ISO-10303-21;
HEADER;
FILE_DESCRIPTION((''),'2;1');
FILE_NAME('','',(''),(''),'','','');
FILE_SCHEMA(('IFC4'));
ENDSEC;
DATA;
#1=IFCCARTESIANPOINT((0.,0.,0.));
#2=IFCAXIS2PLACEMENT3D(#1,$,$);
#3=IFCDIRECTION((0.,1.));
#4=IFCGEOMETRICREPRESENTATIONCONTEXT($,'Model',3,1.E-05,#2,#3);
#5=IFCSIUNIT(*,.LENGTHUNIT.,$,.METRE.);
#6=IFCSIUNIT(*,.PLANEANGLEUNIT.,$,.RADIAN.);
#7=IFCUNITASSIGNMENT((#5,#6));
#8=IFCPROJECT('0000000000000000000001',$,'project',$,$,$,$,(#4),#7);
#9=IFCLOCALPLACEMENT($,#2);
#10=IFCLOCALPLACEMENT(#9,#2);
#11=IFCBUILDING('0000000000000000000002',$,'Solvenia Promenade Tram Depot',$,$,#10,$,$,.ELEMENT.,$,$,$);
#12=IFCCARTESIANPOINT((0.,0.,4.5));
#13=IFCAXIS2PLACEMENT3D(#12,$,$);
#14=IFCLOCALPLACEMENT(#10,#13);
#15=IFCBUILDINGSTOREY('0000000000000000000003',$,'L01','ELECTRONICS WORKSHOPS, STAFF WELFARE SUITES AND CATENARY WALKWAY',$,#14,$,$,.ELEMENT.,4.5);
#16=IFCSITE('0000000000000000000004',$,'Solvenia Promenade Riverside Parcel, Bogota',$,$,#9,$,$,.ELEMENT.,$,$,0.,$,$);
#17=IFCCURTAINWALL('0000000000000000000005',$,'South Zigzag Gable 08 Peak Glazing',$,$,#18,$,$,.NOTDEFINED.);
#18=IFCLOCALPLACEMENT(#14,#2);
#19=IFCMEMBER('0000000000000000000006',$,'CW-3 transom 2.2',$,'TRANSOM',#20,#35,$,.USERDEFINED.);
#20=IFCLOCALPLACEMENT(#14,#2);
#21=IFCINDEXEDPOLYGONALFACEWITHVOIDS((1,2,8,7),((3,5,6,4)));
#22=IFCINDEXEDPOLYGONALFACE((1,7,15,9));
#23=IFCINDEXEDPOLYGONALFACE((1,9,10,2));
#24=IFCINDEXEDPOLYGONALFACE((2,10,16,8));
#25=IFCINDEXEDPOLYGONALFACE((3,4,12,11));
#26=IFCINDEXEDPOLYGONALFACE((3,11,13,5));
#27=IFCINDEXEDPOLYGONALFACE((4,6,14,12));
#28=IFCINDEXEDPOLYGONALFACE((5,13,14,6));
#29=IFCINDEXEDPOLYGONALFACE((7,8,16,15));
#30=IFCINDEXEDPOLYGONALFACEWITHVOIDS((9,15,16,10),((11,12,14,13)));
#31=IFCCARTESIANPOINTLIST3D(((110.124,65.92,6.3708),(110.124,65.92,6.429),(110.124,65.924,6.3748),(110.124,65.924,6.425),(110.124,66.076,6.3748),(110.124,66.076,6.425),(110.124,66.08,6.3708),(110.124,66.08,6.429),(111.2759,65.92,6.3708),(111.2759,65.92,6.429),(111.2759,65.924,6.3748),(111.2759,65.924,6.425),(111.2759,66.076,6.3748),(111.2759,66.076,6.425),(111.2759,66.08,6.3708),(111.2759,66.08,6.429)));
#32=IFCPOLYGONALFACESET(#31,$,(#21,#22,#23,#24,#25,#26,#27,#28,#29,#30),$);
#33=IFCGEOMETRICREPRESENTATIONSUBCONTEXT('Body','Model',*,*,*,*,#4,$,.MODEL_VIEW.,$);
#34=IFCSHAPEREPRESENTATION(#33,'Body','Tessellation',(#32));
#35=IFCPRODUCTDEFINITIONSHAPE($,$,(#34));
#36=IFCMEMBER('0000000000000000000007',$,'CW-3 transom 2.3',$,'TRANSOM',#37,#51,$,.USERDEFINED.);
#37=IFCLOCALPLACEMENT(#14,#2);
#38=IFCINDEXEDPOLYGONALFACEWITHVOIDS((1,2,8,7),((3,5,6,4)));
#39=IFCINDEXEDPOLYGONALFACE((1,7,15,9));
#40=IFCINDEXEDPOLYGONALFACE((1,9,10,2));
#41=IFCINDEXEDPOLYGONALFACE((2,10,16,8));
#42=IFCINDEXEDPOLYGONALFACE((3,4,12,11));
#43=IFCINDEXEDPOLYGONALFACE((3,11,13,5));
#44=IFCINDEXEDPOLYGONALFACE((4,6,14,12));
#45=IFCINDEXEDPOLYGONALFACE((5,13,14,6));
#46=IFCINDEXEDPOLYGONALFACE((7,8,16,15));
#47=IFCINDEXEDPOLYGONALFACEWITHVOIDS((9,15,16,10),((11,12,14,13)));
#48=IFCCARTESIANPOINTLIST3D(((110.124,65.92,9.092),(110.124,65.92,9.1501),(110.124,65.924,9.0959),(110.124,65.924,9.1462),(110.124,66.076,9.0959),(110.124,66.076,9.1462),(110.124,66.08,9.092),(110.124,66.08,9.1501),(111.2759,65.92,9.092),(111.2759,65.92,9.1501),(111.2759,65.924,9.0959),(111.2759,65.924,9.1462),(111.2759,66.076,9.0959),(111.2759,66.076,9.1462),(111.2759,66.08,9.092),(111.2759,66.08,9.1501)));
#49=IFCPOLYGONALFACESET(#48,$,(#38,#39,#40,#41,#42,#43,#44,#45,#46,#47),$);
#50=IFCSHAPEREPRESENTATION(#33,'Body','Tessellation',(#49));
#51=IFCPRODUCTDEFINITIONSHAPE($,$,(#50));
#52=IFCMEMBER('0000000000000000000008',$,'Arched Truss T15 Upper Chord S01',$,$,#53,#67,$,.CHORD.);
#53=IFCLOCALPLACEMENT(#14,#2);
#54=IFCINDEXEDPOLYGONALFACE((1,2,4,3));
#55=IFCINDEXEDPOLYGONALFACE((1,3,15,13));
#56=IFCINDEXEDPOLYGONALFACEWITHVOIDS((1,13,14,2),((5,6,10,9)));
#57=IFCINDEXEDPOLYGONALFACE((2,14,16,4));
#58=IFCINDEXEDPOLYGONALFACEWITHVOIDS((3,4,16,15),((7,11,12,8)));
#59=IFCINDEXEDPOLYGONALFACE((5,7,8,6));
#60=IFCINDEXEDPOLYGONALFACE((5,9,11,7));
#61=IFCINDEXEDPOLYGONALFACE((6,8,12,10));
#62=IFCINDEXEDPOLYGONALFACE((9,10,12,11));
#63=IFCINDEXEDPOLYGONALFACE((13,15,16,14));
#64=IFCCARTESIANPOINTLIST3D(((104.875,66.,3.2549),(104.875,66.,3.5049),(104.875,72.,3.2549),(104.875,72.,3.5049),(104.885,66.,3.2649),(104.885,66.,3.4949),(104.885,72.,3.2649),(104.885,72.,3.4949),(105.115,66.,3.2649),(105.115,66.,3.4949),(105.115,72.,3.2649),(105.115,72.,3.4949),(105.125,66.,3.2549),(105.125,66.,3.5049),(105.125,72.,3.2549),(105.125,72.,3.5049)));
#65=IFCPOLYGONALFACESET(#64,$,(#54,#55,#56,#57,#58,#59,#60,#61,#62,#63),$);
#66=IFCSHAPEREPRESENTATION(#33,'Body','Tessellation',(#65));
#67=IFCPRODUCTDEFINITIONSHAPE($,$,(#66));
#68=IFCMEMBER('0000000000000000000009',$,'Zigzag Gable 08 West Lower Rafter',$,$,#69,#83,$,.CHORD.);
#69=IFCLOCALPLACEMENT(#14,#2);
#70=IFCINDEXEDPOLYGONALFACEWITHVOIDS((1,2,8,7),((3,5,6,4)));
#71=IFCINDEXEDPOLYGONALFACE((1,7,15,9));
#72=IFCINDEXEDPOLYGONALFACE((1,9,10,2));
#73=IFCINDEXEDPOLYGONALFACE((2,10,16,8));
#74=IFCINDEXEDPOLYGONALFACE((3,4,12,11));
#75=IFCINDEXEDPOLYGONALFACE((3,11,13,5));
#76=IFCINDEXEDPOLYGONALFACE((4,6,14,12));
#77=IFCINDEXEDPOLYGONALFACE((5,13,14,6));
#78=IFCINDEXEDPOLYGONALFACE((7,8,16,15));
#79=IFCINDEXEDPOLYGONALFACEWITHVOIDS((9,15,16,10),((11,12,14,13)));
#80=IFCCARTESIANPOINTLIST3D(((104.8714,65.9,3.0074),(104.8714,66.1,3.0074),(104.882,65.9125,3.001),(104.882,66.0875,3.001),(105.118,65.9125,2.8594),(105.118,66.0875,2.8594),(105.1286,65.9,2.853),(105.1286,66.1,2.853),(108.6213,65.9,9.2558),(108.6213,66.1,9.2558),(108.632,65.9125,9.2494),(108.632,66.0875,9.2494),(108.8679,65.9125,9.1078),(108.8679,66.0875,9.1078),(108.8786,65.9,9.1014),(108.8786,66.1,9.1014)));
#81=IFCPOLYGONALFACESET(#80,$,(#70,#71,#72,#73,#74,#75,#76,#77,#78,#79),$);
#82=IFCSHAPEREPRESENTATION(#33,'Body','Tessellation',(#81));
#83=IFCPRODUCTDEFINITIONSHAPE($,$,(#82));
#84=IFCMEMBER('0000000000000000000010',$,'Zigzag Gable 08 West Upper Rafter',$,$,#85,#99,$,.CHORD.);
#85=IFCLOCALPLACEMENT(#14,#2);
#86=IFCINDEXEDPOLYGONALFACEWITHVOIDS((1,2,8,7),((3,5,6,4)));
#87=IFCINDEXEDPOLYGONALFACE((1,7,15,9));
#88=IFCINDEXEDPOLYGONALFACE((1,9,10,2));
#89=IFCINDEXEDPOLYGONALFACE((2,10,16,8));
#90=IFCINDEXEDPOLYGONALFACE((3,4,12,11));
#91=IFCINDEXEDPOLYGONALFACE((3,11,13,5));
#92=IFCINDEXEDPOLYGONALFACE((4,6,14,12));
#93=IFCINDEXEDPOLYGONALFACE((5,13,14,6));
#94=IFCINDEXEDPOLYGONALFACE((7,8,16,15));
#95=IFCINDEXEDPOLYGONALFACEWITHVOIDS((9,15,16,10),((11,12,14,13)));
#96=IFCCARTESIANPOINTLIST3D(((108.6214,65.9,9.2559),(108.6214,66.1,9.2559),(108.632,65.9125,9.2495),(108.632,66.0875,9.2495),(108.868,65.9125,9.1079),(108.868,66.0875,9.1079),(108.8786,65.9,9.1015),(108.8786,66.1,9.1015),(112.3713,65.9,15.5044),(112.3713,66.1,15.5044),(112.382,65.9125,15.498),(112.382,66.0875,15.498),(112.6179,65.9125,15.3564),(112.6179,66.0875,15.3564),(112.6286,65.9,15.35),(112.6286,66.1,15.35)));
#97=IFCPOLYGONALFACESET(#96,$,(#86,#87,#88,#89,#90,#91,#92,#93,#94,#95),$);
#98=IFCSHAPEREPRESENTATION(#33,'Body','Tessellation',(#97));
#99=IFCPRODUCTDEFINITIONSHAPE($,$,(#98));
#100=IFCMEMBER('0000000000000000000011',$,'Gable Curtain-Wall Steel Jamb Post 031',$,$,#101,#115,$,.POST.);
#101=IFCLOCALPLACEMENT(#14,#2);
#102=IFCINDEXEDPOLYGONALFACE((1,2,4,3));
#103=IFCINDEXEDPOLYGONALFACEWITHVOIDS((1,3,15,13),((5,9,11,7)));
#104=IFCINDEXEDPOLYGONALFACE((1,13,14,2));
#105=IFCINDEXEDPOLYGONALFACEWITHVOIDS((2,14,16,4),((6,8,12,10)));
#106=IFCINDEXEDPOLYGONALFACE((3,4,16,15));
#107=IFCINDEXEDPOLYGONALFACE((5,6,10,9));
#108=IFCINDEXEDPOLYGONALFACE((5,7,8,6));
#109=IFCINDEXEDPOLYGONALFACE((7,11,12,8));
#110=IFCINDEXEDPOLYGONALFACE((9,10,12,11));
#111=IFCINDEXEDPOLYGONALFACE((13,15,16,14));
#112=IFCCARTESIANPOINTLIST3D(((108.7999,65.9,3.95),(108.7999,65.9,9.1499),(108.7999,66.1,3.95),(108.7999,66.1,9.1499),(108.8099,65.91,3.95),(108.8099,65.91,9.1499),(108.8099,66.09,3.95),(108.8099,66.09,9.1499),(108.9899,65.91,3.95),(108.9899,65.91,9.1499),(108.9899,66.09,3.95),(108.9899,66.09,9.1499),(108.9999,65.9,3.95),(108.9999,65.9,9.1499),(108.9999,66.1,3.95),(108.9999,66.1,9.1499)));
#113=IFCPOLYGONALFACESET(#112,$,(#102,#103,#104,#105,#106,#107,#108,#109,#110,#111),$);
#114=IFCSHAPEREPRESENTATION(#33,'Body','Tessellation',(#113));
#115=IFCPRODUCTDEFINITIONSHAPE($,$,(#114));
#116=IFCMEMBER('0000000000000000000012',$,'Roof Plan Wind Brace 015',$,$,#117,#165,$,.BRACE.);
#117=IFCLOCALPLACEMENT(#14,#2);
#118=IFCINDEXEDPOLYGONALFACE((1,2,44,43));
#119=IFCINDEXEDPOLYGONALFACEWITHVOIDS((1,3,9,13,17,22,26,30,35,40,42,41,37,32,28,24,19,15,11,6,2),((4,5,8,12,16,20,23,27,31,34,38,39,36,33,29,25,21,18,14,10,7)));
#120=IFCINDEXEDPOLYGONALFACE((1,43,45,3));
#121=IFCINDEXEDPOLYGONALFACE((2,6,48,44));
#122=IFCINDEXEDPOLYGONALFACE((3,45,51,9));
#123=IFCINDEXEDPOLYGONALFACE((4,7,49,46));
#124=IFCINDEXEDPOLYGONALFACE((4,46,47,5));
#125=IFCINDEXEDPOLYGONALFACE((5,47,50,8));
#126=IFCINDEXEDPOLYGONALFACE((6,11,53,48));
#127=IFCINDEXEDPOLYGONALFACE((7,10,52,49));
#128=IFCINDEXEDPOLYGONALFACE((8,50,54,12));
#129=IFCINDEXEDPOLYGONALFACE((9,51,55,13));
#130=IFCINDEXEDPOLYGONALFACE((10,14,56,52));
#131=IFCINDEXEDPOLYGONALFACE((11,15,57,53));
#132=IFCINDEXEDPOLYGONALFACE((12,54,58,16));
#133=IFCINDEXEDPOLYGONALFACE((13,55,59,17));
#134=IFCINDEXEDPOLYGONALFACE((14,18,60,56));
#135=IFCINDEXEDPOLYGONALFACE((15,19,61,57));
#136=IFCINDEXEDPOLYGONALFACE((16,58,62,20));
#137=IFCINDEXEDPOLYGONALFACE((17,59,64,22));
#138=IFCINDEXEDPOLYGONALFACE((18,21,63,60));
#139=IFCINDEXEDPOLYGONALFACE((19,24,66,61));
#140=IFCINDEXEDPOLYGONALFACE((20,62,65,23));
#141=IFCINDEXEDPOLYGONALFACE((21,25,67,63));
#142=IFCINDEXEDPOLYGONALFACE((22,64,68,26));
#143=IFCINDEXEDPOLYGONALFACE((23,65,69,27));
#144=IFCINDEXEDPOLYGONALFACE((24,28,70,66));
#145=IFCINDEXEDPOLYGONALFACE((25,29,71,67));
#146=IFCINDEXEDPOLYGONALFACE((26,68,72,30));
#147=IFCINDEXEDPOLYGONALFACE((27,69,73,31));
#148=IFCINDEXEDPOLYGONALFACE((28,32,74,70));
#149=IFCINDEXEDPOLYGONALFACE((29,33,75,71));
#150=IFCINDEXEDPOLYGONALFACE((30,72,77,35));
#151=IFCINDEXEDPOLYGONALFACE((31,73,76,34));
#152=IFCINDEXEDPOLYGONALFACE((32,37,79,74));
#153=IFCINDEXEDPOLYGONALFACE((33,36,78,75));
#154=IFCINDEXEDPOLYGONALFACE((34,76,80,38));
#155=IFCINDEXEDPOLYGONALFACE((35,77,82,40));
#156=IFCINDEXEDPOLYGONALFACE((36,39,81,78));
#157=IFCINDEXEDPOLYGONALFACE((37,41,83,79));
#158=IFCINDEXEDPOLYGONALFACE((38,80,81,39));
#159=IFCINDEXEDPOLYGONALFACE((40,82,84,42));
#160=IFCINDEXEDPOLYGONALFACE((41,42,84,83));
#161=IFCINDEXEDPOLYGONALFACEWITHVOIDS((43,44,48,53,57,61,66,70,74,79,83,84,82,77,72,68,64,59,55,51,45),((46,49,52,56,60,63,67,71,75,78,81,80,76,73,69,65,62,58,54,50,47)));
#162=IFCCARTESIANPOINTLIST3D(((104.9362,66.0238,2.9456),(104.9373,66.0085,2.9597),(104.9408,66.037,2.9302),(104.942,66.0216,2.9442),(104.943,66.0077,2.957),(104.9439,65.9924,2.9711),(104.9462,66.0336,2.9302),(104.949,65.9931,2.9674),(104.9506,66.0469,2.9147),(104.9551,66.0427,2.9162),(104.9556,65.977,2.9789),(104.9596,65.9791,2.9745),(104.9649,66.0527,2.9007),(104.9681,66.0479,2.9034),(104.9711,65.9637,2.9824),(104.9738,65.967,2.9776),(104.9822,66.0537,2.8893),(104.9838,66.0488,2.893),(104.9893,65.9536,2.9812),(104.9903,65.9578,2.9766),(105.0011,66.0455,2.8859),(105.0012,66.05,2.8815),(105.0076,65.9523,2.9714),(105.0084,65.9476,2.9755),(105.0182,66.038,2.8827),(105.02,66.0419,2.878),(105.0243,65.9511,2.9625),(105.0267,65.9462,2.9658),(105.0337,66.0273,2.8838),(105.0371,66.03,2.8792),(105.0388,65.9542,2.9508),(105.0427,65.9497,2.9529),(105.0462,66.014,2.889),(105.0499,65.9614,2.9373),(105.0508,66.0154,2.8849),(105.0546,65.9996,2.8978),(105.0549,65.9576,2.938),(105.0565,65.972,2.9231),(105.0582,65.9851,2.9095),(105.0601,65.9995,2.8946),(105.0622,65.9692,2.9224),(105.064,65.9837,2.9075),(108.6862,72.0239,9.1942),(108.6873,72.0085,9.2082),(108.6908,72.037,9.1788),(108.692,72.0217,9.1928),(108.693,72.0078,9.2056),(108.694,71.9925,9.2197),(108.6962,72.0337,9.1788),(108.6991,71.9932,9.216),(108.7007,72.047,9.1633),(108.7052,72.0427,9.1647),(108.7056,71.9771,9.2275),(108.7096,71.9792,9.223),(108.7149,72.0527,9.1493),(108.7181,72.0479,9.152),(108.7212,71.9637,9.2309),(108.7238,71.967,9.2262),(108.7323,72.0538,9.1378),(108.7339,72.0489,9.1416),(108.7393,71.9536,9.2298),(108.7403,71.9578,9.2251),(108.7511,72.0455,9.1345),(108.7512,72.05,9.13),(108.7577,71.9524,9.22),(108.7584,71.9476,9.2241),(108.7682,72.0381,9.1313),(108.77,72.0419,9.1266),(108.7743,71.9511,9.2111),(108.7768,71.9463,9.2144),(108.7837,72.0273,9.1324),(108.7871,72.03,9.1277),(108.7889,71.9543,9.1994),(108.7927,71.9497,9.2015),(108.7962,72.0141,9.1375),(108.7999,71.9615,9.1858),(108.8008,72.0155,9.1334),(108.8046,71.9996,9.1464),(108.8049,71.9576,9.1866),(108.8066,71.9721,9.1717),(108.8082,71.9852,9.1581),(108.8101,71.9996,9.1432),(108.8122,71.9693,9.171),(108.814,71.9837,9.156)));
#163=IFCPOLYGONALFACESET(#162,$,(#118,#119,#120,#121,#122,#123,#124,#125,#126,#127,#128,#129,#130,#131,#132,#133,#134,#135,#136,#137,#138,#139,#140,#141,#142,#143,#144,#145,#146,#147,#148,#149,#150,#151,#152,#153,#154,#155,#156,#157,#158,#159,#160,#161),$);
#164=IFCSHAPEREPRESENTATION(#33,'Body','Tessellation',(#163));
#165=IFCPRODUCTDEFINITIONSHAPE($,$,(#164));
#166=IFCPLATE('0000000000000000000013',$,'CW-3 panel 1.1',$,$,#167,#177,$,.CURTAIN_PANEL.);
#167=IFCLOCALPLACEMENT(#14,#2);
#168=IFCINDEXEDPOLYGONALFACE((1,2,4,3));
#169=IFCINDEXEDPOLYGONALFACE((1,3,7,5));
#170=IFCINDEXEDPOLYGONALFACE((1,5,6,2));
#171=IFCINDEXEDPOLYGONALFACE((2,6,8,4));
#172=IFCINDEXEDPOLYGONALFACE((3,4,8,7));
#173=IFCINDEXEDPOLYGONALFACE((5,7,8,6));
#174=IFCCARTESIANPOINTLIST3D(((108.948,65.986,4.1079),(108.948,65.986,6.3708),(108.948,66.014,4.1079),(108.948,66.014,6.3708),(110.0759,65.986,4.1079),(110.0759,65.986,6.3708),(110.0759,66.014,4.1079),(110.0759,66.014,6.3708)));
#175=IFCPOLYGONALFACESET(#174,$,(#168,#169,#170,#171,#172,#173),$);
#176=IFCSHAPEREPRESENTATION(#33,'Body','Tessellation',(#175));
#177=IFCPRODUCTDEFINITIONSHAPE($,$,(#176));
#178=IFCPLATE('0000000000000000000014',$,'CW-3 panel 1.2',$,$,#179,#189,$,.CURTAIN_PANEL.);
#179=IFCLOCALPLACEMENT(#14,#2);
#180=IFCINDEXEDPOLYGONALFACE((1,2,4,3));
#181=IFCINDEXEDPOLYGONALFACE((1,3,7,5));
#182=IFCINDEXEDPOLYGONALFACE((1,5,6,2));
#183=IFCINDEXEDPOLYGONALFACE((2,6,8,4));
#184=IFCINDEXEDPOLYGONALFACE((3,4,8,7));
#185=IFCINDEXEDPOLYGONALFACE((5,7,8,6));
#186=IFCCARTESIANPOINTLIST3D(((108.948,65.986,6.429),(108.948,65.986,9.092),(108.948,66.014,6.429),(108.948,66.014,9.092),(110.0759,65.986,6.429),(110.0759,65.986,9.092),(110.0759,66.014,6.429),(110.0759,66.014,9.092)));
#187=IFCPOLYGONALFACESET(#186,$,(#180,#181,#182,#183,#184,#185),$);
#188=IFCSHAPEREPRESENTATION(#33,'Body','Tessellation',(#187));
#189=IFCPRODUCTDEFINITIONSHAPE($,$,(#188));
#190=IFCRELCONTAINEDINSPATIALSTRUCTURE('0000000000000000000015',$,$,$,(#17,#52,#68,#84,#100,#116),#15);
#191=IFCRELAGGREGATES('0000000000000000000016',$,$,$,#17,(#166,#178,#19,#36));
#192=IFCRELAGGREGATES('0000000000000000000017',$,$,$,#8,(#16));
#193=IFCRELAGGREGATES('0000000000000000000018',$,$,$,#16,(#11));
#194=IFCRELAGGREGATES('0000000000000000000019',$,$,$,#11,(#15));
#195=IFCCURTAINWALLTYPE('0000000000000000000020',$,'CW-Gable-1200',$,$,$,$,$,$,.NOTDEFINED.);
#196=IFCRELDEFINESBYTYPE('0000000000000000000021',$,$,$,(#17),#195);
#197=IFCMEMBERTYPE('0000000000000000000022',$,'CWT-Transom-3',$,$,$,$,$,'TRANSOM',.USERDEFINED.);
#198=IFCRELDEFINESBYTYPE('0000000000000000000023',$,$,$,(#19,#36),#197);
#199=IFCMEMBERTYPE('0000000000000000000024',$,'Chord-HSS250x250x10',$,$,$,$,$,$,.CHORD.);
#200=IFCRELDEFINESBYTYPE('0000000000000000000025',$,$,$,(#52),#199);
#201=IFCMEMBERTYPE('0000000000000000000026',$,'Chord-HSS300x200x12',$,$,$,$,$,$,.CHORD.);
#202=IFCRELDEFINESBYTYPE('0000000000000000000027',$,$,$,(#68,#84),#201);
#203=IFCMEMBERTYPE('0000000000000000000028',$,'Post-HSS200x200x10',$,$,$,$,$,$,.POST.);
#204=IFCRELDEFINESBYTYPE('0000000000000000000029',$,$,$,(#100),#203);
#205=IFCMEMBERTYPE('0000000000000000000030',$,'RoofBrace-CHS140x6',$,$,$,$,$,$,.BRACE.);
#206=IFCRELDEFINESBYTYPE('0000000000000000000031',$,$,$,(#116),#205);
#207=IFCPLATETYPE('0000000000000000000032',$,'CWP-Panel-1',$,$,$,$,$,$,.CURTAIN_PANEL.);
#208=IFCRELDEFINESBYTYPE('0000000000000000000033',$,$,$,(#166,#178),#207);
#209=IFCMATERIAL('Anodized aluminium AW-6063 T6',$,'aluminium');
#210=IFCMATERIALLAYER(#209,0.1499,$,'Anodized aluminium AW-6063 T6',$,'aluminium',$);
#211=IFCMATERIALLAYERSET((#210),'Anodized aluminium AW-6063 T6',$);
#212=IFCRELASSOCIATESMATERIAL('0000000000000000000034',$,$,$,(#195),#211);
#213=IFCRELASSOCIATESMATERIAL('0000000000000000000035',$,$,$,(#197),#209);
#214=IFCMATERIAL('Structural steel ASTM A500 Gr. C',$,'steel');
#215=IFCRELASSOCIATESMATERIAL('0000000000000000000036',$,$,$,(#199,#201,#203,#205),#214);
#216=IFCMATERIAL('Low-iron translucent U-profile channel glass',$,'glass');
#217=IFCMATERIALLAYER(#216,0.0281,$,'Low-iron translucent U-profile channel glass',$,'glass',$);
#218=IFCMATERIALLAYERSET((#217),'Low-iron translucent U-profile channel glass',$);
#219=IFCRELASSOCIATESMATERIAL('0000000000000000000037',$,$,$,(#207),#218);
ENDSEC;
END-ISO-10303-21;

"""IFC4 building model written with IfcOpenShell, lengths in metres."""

from ifc_helpers import new_model, si_unit, direction, frame, origin, origin_2d, place, context, subcontext, project, spatial, rectangle, hollow_rectangle, hollow_circle, extrude, material, layer, layer_set, material_profile, profile_set, type_object, element, aggregate, save


model = new_model("IFC4")

# Units and contexts
model_context = context("Model", 3, precision=1e-05, world=origin(), true_north=direction((0.0, 1.0)))
body_context = subcontext(model_context, "Body", "Model", "MODEL_VIEW")
ifc_project = project(units=[si_unit("LENGTHUNIT", "METRE"), si_unit("PLANEANGLEUNIT", "RADIAN")], contexts=[model_context])

# Site, building, storey
site_placement = place(None, origin())
site = spatial("IfcSite", under=ifc_project, at=site_placement, Name="Solvenia Promenade Riverside Parcel, Bogota", CompositionType="ELEMENT", RefElevation=0.0)
building_placement = place(site_placement, origin())
building = spatial("IfcBuilding", under=site, at=building_placement, Name="Solvenia Promenade Tram Depot", CompositionType="ELEMENT")
storey_placement = place(building_placement, frame((0.0, 0.0, 4.5)))
storey = spatial("IfcBuildingStorey", under=building, at=storey_placement, Name="L01", Description="ELECTRONICS WORKSHOPS, STAFF WELFARE SUITES AND CATENARY WALKWAY", CompositionType="ELEMENT", Elevation=4.5)

# Curtain wall
ifc_material_1 = material(Name="Anodized aluminium AW-6063 T6", Category="aluminium")
ifc_layer_1 = layer(ifc_material_1, 0.1499, Name="Anodized aluminium AW-6063 T6", Category="aluminium")
ifc_layer_set_1 = layer_set([ifc_layer_1], Name="Anodized aluminium AW-6063 T6")
curtain_wall_type_1 = type_object("IfcCurtainWallType", Name="CW-Gable-1200", PredefinedType="NOTDEFINED", material=ifc_layer_set_1)
curtain_wall_1_placement = place(storey_placement, origin())
curtain_wall_1 = element("IfcCurtainWall", 1, at=curtain_wall_1_placement, inside=storey, type_object=curtain_wall_type_1, Name="South Zigzag Gable 08 Peak Glazing", PredefinedType="NOTDEFINED")

# Members
ifc_material_profile_1 = material_profile(ifc_material_1, hollow_rectangle(XDim=0.1599, YDim=0.0581, WallThickness=0.0039, at=origin_2d()), Name="ALU-T3", Category="aluminium")
ifc_profile_set_1 = profile_set([ifc_material_profile_1], Name="Anodized aluminium AW-6063 T6")
member_type_1 = type_object("IfcMemberType", Name="CWT-Transom-3", ElementType="TRANSOM", PredefinedType="USERDEFINED", material=ifc_profile_set_1)
member_1_placement = place(storey_placement, frame((110.124, 66.0, 6.3999), z_axis=(1.0, 0.0, 0.0), x_axis=(0.0, 1.0, 0.0)))
member_1 = element("IfcMember", 2, at=member_1_placement, type_object=member_type_1, Name="CW-3 transom 2.2", ObjectType="TRANSOM", PredefinedType="USERDEFINED", context=body_context, shape_type="SweptSolid", body=[
    extrude(hollow_rectangle(XDim=0.1599, YDim=0.0581, WallThickness=0.0039, at=origin_2d()), origin(), (0.0, 0.0, 1.0), 1.1519),
])
member_2_placement = place(storey_placement, frame((110.124, 66.0, 9.1211), z_axis=(1.0, 0.0, 0.0), x_axis=(0.0, 1.0, 0.0)))
member_2 = element("IfcMember", 3, at=member_2_placement, type_object=member_type_1, Name="CW-3 transom 2.3", ObjectType="TRANSOM", PredefinedType="USERDEFINED", context=body_context, shape_type="SweptSolid", body=[
    extrude(hollow_rectangle(XDim=0.1599, YDim=0.0581, WallThickness=0.0039, at=origin_2d()), origin(), (0.0, 0.0, 1.0), 1.1519),
])

# Members
ifc_material_2 = material(Name="Structural steel ASTM A500 Gr. C", Category="steel")
ifc_material_profile_2 = material_profile(ifc_material_2, hollow_rectangle(XDim=0.25, YDim=0.25, WallThickness=0.01, at=origin_2d()), Name="HSS250x250x10", Category="steel")
ifc_profile_set_2 = profile_set([ifc_material_profile_2], Name="Structural steel ASTM A500 Gr. C")
member_type_2 = type_object("IfcMemberType", Name="Chord-HSS250x250x10", PredefinedType="CHORD", material=ifc_profile_set_2)
member_3_placement = place(storey_placement, frame((105.0, 66.0, 3.3799), z_axis=(0.0, 1.0, 0.0), x_axis=(-1.0, 0.0, 0.0)))
element("IfcMember", 4, at=member_3_placement, inside=storey, type_object=member_type_2, Name="Arched Truss T15 Upper Chord S01", PredefinedType="CHORD", context=body_context, shape_type="SweptSolid", body=[
    extrude(hollow_rectangle(XDim=0.25, YDim=0.25, WallThickness=0.01, at=origin_2d()), origin(), (0.0, 0.0, 1.0), 6.0),
])
ifc_material_profile_3 = material_profile(ifc_material_2, hollow_rectangle(XDim=0.2, YDim=0.3, WallThickness=0.0125, at=origin_2d()), Name="HSS300x200x12.5", Category="steel")
ifc_profile_set_3 = profile_set([ifc_material_profile_3], Name="Structural steel ASTM A500 Gr. C")
member_type_3 = type_object("IfcMemberType", Name="Chord-HSS300x200x12", PredefinedType="CHORD", material=ifc_profile_set_3)
for number, where, z_axis, x_axis, name in (
    (5, (105.0, 66.0, 2.9302), (0.514584, 0.0, 0.85744), (0.0, 1.0, 0.0), "Zigzag Gable 08 West Lower Rafter"),
    (6, (108.75, 66.0, 9.1787), (0.514584, 0.0, 0.85744), (0.0, 1.0, 0.0), "Zigzag Gable 08 West Upper Rafter"),
):
    element("IfcMember", number, at=place(storey_placement, frame(where, z_axis=z_axis, x_axis=x_axis)), inside=storey, type_object=member_type_3, Name=name, PredefinedType="CHORD", context=body_context, shape_type="SweptSolid", body=[
        extrude(hollow_rectangle(XDim=0.2, YDim=0.3, WallThickness=0.0125, at=origin_2d()), origin(), (0.0, 0.0, 1.0), 7.2874),
    ])
ifc_material_profile_4 = material_profile(ifc_material_2, hollow_rectangle(XDim=0.2, YDim=0.2, WallThickness=0.01, at=origin_2d()), Name="HSS200x200x10", Category="steel")
ifc_profile_set_4 = profile_set([ifc_material_profile_4], Name="Structural steel ASTM A500 Gr. C")
member_type_4 = type_object("IfcMemberType", Name="Post-HSS200x200x10", PredefinedType="POST", material=ifc_profile_set_4)
member_4_placement = place(storey_placement, frame((108.8999, 66.0, 3.95), z_axis=(0.0, 0.0, 1.0), x_axis=(1.0, 0.0, 0.0)))
element("IfcMember", 7, at=member_4_placement, inside=storey, type_object=member_type_4, Name="Gable Curtain-Wall Steel Jamb Post 031", PredefinedType="POST", context=body_context, shape_type="SweptSolid", body=[
    extrude(hollow_rectangle(XDim=0.2, YDim=0.2, WallThickness=0.01, at=origin_2d()), origin(), (0.0, 0.0, 1.0), 5.2),
])
ifc_material_profile_5 = material_profile(ifc_material_2, hollow_circle(Radius=0.0698, WallThickness=0.0063, at=origin_2d()), Name="CHS139.7x6.3", Category="steel")
ifc_profile_set_5 = profile_set([ifc_material_profile_5], Name="Structural steel ASTM A500 Gr. C")
member_type_5 = type_object("IfcMemberType", Name="RoofBrace-CHS140x6", PredefinedType="BRACE", material=ifc_profile_set_5)
member_5_placement = place(storey_placement, frame((105.0, 66.0, 2.9302), z_axis=(0.397261, 0.635618, 0.661947), x_axis=(-0.847998, 0.529999, 0.0)))
element("IfcMember", 8, at=member_5_placement, inside=storey, type_object=member_type_5, Name="Roof Plan Wind Brace 015", PredefinedType="BRACE", context=body_context, shape_type="SweptSolid", body=[
    extrude(hollow_circle(Radius=0.0698, WallThickness=0.0063, at=origin_2d()), origin(), (0.0, 0.0, 1.0), 9.4397),
])

# Plates
ifc_material_3 = material(Name="Low-iron translucent U-profile channel glass", Category="glass")
ifc_layer_2 = layer(ifc_material_3, 0.0281, Name="Low-iron translucent U-profile channel glass", Category="glass")
ifc_layer_set_2 = layer_set([ifc_layer_2], Name="Low-iron translucent U-profile channel glass")
plate_type_1 = type_object("IfcPlateType", Name="CWP-Panel-1", PredefinedType="CURTAIN_PANEL", material=ifc_layer_set_2)
plate_1_placement = place(storey_placement, frame((109.512, 66.0, 4.1079), z_axis=(0.0, 0.0, 1.0), x_axis=(1.0, 0.0, 0.0)))
plate_1 = element("IfcPlate", 9, at=plate_1_placement, type_object=plate_type_1, Name="CW-3 panel 1.1", PredefinedType="CURTAIN_PANEL", context=body_context, shape_type="SweptSolid", body=[
    extrude(rectangle(XDim=1.1279, YDim=0.0281, at=origin_2d()), origin(), (0.0, 0.0, 1.0), 2.2629),
])
plate_2_placement = place(storey_placement, frame((109.512, 66.0, 6.429), z_axis=(0.0, 0.0, 1.0), x_axis=(1.0, 0.0, 0.0)))
plate_2 = element("IfcPlate", 10, at=plate_2_placement, type_object=plate_type_1, Name="CW-3 panel 1.2", PredefinedType="CURTAIN_PANEL", context=body_context, shape_type="SweptSolid", body=[
    extrude(rectangle(XDim=1.1279, YDim=0.0281, at=origin_2d()), origin(), (0.0, 0.0, 1.0), 2.6631),
])
aggregate(curtain_wall_1, [plate_1, plate_2, member_1, member_2])

save(model, "model.ifc")
